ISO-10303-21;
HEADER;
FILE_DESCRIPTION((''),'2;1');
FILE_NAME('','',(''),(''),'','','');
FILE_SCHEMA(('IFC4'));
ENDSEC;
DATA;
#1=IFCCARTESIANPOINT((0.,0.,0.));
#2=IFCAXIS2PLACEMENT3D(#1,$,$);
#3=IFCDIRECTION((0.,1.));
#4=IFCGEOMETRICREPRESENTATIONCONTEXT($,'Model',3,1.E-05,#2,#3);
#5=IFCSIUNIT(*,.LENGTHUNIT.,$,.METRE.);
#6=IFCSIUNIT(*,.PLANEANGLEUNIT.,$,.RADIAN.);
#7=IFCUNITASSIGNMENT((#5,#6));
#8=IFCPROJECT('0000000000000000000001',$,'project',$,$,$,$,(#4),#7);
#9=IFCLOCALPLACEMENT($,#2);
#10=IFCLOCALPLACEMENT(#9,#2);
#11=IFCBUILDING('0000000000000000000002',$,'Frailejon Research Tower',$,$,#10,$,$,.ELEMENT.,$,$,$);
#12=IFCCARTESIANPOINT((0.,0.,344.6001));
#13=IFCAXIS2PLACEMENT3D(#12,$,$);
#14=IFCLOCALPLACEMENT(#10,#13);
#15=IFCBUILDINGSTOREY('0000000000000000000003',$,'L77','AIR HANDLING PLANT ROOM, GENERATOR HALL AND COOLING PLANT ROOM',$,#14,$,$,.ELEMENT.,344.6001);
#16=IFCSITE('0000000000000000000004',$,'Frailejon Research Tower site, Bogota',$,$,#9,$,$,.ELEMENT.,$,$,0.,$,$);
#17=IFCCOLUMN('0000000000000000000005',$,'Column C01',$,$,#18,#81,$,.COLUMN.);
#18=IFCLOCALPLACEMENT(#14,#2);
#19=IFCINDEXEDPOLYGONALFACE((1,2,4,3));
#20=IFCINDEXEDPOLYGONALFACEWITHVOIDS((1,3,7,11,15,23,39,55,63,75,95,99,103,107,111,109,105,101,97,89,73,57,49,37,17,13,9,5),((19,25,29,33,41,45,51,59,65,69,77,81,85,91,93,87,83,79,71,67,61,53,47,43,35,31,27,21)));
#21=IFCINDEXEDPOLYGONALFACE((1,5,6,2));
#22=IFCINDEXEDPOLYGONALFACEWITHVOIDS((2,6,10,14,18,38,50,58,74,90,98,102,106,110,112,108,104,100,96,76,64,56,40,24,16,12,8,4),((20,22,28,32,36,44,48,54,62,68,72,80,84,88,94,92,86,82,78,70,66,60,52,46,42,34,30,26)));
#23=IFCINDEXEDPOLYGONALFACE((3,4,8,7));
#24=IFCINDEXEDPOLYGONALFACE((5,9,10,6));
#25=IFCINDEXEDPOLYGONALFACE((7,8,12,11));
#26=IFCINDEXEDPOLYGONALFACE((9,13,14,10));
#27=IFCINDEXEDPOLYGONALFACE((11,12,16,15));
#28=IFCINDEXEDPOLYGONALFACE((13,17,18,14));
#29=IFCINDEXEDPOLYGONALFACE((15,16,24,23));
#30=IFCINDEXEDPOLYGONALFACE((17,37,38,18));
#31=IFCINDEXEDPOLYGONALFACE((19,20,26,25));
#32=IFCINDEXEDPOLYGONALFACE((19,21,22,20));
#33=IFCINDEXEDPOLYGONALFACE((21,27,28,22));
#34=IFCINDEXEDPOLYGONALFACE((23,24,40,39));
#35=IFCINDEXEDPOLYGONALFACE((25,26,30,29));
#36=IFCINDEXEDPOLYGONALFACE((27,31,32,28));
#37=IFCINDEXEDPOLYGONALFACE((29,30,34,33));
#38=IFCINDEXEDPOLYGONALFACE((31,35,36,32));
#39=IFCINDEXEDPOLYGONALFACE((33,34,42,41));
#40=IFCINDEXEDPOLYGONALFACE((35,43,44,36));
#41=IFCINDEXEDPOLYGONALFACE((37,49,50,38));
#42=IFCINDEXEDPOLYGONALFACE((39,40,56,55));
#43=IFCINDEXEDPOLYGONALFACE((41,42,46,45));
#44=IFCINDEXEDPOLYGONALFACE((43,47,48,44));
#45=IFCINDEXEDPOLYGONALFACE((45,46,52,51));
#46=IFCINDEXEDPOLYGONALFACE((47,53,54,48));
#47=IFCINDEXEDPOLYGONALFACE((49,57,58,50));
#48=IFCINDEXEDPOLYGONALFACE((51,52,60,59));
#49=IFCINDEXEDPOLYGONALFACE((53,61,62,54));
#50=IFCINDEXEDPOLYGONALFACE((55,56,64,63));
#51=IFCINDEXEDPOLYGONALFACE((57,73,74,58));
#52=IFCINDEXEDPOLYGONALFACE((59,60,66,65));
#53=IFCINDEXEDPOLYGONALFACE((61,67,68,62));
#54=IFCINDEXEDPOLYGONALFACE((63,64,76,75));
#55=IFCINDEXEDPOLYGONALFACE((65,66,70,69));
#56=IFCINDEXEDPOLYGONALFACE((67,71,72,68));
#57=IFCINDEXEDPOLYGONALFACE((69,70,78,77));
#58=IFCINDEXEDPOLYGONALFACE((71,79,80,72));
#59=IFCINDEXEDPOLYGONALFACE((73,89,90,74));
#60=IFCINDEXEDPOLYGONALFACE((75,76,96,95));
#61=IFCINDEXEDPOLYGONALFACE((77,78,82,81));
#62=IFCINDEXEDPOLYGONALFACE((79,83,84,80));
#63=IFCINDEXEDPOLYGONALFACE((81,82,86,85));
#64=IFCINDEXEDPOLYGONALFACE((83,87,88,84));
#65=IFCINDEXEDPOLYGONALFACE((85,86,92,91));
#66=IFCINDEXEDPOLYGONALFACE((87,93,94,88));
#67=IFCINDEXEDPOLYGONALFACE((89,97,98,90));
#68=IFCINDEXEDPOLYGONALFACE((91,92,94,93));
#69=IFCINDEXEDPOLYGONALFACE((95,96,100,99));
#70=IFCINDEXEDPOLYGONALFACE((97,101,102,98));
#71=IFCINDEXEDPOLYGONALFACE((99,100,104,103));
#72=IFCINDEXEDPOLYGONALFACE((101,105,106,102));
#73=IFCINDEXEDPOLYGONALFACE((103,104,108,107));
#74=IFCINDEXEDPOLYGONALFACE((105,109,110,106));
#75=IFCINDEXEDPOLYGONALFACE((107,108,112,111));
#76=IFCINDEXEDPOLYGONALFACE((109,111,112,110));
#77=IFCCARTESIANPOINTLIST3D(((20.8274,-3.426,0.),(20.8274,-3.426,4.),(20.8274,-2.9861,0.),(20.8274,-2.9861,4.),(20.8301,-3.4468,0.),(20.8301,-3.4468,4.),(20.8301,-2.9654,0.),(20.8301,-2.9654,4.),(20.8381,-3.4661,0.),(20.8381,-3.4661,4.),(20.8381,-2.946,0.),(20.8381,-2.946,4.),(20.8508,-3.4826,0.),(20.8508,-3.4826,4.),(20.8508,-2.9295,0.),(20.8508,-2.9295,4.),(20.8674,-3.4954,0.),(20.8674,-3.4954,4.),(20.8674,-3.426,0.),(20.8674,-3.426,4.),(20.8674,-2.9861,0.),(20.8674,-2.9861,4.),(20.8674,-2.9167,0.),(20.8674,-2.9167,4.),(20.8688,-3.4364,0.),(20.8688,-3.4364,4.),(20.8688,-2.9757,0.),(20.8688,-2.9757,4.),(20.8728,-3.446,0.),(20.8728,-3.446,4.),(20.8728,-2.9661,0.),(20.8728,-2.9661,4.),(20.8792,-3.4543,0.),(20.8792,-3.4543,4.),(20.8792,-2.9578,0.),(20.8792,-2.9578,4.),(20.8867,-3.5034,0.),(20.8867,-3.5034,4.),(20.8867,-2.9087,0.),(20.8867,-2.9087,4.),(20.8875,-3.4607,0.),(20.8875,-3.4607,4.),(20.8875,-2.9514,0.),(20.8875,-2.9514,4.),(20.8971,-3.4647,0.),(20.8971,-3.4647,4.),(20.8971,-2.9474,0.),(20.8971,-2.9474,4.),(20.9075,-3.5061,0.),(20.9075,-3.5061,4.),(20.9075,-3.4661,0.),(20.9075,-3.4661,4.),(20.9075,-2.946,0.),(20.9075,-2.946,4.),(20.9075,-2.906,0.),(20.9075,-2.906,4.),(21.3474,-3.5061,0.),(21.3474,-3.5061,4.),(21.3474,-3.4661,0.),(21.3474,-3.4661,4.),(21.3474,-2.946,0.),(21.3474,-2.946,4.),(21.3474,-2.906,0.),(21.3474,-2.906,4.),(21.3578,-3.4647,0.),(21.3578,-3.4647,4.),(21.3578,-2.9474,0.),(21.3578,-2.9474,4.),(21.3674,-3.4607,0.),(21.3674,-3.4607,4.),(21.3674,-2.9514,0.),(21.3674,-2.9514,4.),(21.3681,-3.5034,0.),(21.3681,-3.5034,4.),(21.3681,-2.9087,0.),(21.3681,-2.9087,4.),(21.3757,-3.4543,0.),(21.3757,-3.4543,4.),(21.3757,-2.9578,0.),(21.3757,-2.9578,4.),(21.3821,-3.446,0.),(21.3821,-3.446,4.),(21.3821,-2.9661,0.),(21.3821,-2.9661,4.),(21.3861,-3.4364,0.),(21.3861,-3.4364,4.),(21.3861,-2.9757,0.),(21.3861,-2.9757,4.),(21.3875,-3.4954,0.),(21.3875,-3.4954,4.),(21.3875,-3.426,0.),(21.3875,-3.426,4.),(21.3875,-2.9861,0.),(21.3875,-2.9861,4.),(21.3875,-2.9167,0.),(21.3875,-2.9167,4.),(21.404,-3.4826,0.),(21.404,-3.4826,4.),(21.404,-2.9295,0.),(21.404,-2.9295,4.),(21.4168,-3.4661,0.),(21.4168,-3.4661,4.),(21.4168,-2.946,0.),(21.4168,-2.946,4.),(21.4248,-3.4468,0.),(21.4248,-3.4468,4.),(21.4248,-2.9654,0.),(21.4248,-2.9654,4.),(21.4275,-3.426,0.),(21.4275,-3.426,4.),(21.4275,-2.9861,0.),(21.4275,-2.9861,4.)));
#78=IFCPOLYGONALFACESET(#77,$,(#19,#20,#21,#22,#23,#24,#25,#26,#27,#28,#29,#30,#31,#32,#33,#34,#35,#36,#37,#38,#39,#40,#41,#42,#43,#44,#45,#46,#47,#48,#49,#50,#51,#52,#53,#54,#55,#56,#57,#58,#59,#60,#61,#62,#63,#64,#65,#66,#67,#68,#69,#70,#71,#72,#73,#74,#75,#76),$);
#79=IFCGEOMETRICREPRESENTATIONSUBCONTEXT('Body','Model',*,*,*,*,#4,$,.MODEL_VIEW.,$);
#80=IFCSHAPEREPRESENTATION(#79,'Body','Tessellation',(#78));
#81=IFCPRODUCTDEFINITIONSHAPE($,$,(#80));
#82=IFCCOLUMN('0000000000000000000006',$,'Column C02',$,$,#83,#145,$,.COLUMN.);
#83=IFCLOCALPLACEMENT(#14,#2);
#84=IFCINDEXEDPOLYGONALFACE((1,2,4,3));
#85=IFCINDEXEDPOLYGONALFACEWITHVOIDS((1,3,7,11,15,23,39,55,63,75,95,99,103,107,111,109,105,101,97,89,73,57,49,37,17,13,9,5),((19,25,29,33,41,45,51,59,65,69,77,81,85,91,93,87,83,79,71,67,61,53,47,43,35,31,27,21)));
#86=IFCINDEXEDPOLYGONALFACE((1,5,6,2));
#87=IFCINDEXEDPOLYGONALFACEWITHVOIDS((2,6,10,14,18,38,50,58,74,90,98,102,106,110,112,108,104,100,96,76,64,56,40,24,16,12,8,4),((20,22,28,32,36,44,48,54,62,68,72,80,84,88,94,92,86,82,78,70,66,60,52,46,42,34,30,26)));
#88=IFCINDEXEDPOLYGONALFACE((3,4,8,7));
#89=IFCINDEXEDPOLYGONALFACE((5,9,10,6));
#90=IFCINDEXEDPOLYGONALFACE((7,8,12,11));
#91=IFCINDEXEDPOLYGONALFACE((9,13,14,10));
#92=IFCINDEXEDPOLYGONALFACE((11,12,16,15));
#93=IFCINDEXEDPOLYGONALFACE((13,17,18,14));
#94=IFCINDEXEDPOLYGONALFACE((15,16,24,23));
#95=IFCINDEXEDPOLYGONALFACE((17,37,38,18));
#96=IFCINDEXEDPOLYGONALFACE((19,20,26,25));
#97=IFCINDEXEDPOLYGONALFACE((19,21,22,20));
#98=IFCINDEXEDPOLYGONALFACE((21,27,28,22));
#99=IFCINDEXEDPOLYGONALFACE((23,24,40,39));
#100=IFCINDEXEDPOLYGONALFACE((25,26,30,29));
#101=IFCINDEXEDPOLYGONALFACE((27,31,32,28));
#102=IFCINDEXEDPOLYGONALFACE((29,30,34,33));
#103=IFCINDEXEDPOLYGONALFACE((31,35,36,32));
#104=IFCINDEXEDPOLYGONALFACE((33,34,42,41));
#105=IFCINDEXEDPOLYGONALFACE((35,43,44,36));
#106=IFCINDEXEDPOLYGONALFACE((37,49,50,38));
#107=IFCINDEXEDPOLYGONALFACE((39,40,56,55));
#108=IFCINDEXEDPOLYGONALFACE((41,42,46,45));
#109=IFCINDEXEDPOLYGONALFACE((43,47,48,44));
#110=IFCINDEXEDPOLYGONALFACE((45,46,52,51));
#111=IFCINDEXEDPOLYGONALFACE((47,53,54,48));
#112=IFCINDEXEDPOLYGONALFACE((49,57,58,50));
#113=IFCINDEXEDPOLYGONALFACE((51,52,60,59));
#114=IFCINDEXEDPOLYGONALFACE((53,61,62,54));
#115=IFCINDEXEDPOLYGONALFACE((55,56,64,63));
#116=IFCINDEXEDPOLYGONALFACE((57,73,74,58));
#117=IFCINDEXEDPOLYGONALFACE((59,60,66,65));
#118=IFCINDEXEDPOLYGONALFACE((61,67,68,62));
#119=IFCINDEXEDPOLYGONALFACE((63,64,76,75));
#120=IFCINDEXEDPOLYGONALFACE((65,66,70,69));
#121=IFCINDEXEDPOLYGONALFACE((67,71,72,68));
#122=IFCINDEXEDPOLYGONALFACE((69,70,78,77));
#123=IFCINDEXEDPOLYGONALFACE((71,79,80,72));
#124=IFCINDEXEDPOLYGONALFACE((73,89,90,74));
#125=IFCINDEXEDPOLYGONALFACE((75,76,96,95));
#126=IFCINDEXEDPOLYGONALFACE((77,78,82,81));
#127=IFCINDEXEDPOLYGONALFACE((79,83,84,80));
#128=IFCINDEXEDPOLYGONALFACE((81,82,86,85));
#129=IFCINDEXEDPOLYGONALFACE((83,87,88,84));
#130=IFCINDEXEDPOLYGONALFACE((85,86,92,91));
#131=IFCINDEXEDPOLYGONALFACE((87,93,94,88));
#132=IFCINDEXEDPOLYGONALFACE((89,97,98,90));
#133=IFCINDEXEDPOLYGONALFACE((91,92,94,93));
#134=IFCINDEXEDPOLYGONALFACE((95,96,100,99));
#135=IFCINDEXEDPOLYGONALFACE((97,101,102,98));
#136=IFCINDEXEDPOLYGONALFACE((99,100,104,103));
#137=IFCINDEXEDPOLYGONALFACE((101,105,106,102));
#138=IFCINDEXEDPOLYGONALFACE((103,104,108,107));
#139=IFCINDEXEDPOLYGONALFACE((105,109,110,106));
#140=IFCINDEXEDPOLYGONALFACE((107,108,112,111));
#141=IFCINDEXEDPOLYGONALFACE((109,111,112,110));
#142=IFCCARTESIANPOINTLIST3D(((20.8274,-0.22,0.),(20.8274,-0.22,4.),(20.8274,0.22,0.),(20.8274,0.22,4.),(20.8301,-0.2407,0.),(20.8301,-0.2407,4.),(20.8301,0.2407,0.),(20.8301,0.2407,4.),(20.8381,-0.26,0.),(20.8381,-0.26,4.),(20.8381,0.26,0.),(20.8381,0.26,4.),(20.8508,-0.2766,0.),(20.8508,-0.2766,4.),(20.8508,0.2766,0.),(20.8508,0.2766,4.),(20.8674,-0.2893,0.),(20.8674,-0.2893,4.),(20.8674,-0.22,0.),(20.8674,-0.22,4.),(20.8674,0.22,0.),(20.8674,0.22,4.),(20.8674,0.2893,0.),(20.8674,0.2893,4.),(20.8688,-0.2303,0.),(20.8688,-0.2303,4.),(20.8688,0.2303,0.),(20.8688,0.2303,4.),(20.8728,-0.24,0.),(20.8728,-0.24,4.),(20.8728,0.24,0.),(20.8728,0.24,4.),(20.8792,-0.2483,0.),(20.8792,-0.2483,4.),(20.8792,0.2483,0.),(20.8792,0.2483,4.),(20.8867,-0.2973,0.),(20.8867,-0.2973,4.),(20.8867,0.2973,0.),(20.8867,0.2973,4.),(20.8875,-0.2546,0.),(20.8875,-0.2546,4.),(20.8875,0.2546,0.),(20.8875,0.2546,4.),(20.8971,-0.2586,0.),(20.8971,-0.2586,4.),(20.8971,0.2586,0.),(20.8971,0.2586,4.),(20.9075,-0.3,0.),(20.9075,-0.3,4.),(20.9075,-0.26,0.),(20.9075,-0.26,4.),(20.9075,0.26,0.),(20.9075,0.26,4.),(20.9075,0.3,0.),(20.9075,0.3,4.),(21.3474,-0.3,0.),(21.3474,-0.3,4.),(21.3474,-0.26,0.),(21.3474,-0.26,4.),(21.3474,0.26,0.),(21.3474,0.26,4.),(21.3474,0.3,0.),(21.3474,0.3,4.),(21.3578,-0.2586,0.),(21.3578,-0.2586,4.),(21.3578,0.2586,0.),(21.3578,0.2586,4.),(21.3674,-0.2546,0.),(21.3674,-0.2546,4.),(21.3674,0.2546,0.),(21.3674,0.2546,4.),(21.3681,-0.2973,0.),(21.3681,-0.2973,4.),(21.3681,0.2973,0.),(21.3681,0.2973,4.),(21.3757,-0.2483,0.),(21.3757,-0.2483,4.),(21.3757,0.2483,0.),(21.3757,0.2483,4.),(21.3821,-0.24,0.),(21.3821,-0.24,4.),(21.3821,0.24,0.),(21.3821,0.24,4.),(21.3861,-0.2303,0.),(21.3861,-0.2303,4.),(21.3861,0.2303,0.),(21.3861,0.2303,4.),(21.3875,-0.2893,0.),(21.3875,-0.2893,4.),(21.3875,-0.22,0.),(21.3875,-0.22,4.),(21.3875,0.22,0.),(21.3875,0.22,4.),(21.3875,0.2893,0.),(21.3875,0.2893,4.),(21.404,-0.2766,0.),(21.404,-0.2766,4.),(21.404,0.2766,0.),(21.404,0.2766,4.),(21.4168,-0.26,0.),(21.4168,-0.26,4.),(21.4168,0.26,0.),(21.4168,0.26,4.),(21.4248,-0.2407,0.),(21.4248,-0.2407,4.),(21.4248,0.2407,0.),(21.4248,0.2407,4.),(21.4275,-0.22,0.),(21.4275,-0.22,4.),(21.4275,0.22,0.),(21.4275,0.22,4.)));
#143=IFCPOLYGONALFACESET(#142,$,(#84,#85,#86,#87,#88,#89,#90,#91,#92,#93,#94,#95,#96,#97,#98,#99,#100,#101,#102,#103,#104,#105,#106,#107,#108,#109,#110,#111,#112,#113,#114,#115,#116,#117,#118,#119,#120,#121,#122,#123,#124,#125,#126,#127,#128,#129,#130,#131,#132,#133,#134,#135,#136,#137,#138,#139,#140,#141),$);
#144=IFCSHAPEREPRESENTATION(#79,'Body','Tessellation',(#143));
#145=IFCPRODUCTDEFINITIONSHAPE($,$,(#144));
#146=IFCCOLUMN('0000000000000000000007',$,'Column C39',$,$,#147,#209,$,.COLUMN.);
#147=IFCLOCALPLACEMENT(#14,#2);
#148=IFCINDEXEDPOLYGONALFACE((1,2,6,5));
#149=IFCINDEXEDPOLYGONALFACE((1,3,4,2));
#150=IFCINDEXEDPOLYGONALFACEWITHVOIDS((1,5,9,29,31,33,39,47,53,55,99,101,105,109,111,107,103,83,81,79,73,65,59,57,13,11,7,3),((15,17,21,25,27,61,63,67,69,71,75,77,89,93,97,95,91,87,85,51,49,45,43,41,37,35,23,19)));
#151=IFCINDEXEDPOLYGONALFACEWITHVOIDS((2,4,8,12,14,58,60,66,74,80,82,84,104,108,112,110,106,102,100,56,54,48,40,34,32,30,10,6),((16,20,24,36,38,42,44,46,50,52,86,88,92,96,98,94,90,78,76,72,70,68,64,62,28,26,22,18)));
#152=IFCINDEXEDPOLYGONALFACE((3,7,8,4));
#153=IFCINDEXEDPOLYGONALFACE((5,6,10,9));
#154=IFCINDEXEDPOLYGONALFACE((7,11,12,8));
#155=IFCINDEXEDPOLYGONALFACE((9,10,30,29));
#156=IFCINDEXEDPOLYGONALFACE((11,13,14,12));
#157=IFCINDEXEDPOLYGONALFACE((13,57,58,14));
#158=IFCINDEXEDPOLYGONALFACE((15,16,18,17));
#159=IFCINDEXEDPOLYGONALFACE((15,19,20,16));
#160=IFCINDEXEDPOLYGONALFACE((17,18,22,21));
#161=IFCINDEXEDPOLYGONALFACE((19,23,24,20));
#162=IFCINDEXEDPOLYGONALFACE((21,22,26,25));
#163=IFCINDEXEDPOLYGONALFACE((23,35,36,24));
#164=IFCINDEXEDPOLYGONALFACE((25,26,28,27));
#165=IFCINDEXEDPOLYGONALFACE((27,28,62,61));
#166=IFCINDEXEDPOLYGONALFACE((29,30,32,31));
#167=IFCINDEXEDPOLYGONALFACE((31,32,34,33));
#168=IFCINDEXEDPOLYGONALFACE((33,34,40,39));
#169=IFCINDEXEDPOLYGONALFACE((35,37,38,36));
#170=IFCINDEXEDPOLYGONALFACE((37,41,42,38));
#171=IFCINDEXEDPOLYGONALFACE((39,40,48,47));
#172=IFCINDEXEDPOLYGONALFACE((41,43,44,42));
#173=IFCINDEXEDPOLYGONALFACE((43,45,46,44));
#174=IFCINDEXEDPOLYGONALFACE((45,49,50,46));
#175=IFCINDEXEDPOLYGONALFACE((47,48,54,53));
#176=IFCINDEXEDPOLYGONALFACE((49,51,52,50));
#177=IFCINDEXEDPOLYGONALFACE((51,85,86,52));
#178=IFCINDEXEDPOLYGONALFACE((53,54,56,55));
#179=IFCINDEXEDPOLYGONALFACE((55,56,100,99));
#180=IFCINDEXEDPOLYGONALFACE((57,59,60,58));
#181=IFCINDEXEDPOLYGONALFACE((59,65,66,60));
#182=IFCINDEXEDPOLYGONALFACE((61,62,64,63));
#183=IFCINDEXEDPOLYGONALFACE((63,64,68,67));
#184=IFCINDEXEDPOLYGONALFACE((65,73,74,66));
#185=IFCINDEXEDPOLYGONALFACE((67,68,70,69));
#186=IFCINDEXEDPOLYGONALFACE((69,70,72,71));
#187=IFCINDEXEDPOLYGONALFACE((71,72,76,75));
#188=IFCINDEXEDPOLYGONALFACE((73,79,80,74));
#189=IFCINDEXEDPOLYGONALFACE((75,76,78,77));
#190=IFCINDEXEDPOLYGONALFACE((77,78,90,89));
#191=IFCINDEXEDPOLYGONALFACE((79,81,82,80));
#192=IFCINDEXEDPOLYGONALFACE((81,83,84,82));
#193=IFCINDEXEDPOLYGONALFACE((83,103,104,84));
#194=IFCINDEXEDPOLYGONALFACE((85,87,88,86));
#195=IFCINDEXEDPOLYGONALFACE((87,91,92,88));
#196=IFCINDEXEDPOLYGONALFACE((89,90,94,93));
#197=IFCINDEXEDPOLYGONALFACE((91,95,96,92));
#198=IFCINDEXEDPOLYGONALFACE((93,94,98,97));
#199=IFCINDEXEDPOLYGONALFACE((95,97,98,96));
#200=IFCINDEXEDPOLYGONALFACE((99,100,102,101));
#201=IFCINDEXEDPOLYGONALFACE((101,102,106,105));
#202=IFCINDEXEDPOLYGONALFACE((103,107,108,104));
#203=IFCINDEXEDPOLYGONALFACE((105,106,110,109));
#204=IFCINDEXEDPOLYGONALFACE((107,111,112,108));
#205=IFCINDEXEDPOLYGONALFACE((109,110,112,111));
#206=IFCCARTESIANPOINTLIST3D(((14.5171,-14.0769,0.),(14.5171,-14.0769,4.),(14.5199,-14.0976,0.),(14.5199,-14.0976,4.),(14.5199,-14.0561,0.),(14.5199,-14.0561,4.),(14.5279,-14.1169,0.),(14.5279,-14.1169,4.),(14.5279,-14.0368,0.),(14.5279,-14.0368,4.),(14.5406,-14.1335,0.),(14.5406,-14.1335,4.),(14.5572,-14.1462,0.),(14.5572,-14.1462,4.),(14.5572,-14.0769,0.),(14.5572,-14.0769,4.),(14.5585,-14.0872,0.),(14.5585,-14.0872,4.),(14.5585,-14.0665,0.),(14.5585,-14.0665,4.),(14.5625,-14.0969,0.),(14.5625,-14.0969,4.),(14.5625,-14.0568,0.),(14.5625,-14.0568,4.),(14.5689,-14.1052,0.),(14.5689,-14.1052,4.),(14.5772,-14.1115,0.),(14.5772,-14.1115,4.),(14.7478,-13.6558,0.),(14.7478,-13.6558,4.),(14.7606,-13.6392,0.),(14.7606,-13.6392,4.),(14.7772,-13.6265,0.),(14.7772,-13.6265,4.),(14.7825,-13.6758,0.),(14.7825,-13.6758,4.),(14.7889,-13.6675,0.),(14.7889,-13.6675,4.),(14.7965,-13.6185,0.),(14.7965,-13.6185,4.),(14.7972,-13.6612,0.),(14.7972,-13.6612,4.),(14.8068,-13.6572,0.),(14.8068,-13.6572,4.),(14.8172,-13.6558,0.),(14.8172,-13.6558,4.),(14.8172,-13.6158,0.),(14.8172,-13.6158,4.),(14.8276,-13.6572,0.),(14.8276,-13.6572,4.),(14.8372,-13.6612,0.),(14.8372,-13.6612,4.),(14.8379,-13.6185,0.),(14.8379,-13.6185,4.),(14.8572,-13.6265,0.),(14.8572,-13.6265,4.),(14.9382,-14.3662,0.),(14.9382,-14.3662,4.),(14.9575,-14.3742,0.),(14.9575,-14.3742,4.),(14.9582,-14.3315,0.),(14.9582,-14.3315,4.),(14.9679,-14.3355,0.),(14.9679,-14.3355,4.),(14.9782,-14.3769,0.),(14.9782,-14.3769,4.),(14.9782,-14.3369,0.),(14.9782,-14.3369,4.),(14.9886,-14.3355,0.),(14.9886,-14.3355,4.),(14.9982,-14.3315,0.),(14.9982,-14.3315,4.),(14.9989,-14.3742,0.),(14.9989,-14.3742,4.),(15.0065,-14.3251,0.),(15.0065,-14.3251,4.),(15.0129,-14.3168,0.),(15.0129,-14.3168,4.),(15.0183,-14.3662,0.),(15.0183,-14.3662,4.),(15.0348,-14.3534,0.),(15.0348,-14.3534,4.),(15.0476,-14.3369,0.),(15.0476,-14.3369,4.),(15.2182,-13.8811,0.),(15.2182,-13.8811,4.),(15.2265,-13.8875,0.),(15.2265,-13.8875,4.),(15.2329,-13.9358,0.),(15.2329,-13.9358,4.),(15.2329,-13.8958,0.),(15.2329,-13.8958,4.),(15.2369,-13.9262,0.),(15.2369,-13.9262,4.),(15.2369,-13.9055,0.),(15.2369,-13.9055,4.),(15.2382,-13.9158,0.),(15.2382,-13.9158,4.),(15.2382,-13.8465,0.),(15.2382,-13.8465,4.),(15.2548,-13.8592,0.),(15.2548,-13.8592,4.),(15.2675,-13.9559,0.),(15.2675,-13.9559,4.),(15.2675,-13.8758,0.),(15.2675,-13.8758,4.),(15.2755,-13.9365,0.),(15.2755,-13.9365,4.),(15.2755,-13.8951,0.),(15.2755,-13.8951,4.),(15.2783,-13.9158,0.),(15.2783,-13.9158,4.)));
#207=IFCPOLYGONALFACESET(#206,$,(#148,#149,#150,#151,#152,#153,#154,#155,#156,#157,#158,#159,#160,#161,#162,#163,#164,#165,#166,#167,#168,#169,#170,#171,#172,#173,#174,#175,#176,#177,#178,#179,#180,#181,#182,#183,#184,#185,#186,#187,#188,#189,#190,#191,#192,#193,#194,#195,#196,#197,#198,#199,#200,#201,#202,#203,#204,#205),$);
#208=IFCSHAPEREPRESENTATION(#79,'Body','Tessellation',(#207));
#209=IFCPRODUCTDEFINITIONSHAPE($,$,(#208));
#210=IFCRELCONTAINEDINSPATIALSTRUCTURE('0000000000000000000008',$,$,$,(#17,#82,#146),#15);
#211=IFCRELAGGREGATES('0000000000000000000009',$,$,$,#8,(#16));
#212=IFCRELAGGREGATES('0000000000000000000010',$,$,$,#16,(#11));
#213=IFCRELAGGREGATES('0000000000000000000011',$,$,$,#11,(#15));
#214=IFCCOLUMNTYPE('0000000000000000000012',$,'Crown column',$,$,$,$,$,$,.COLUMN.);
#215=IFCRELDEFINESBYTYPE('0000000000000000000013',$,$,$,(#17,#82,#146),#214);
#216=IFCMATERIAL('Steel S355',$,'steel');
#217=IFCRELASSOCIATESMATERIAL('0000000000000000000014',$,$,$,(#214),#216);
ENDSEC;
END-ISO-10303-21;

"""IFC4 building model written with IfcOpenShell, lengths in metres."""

from ifc_helpers import new_model, si_unit, direction, frame, origin, origin_2d, place, context, subcontext, project, spatial, hollow_rectangle, extrude, material, material_profile, profile_set, type_object, element, save


model = new_model("IFC4")

# Units and contexts
model_context = context("Model", 3, precision=1e-05, world=origin(), true_north=direction((0.0, 1.0)))
body_context = subcontext(model_context, "Body", "Model", "MODEL_VIEW")
ifc_project = project(units=[si_unit("LENGTHUNIT", "METRE"), si_unit("PLANEANGLEUNIT", "RADIAN")], contexts=[model_context])

# Site, building, storey
site_placement = place(None, origin())
site = spatial("IfcSite", under=ifc_project, at=site_placement, Name="Frailejon Research Tower site, Bogota", CompositionType="ELEMENT", RefElevation=0.0)
building_placement = place(site_placement, origin())
building = spatial("IfcBuilding", under=site, at=building_placement, Name="Frailejon Research Tower", CompositionType="ELEMENT")
storey_placement = place(building_placement, frame((0.0, 0.0, 344.6001)))
storey = spatial("IfcBuildingStorey", under=building, at=storey_placement, Name="L77", Description="AIR HANDLING PLANT ROOM, GENERATOR HALL AND COOLING PLANT ROOM", CompositionType="ELEMENT", Elevation=344.6001)

# Columns
ifc_material_1 = material(Name="Steel S355", Category="steel")
ifc_material_profile_1 = material_profile(ifc_material_1, hollow_rectangle(XDim=0.6001, YDim=0.6001, WallThickness=0.04, InnerFilletRadius=0.04, OuterFilletRadius=0.0801, at=origin_2d()), Name="Crown column")
ifc_profile_set_1 = profile_set([ifc_material_profile_1], Name="Steel S355")
column_type = type_object("IfcColumnType", Name="Crown column", PredefinedType="COLUMN", material=ifc_profile_set_1)
for number, where, z_axis, x_axis, name in (
    (1, (21.1274, -3.2061, 0.0), (0.0, 0.0, 1.0), (0.0, 1.0, 0.0), "Column C01"),
    (2, (21.1274, 0.0, 0.0), (0.0, 0.0, 1.0), (0.0, 1.0, 0.0), "Column C02"),
    (3, (14.8977, -13.9963, 0.0), (0.0, 0.0, 1.0), (0.5, 0.866025, 0.0), "Column C39"),
):
    element("IfcColumn", number, at=place(storey_placement, frame(where, z_axis=z_axis, x_axis=x_axis)), inside=storey, type_object=column_type, Name=name, PredefinedType="COLUMN", context=body_context, shape_type="SweptSolid", body=[
        extrude(hollow_rectangle(XDim=0.6001, YDim=0.6001, WallThickness=0.04, InnerFilletRadius=0.04, OuterFilletRadius=0.0801, at=origin_2d()), origin(), (0.0, 0.0, 1.0), 4.0),
    ])

save(model, "model.ifc")
